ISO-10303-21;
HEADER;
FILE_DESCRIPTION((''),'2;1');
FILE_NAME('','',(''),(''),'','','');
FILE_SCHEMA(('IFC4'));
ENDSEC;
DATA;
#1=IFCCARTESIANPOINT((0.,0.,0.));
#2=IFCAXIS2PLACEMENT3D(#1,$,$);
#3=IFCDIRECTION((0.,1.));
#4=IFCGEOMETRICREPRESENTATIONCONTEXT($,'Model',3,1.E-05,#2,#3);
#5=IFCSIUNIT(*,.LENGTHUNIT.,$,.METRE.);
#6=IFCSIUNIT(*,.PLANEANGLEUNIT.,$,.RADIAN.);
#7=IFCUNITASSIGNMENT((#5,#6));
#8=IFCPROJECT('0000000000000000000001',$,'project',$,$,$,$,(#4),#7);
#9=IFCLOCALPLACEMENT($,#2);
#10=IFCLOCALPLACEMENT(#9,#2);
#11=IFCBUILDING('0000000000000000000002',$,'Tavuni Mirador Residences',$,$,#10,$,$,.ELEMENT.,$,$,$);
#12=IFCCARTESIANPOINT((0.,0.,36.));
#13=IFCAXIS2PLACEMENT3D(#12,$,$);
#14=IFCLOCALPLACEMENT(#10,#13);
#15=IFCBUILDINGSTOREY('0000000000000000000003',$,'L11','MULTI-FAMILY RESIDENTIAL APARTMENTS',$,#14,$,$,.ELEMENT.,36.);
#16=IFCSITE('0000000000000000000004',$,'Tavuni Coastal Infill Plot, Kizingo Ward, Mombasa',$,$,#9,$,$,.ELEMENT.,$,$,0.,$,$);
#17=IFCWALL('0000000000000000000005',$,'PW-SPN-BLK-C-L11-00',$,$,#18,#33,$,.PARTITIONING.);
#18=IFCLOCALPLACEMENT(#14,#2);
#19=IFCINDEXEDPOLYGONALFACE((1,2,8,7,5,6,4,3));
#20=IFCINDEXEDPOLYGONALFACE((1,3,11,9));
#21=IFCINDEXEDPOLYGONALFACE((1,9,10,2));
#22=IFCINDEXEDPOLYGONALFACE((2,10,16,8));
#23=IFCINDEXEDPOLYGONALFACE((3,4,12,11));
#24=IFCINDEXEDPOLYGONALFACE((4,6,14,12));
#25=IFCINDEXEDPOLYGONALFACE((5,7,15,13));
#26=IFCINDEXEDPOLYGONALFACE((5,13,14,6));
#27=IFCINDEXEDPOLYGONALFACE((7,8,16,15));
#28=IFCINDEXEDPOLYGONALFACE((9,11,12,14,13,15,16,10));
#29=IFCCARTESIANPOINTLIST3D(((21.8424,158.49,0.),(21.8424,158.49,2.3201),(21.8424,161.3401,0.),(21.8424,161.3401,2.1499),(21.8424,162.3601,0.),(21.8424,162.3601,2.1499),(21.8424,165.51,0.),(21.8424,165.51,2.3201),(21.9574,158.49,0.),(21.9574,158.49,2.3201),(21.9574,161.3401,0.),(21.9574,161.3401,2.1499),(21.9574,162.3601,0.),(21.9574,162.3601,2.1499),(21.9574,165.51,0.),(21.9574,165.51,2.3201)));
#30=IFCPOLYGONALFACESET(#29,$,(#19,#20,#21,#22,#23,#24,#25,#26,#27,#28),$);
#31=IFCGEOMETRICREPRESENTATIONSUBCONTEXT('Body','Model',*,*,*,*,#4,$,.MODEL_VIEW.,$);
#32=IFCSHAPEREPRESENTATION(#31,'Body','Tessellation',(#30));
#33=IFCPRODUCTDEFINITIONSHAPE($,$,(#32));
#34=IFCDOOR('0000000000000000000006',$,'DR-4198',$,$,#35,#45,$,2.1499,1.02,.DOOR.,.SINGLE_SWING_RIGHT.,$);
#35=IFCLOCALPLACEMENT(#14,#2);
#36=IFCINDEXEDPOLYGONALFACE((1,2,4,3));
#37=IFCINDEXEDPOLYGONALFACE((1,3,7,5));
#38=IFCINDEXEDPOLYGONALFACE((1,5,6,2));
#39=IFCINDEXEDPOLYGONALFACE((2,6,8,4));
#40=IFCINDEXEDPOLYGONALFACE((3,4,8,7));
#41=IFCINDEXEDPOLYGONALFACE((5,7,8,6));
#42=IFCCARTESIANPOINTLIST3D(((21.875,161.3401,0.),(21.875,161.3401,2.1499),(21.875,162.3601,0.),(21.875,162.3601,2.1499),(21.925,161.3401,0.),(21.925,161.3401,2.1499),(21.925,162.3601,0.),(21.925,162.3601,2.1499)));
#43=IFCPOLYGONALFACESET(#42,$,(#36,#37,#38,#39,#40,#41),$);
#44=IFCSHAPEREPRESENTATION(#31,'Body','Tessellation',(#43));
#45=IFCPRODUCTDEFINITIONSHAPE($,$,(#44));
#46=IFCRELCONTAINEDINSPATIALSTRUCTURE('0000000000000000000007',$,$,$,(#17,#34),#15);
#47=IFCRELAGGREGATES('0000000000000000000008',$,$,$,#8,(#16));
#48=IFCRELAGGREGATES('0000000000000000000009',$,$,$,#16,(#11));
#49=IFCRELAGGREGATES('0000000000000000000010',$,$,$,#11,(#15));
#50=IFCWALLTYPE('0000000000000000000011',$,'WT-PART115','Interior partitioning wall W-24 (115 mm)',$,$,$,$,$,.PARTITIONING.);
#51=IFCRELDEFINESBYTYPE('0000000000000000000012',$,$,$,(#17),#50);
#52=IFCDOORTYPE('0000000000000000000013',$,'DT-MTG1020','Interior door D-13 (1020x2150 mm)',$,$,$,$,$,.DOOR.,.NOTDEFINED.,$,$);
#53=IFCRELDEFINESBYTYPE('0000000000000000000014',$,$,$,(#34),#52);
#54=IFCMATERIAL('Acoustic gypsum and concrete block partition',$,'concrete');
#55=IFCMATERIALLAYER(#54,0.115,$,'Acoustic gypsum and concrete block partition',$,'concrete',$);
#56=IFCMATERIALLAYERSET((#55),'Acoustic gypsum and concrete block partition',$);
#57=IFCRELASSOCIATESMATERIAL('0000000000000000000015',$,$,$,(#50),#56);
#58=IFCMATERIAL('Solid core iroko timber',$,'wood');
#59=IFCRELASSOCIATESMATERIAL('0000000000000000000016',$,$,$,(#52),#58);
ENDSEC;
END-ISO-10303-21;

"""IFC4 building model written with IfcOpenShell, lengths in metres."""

from ifc_helpers import new_model, si_unit, direction, frame, frame_2d, origin, place, context, subcontext, project, spatial, rectangle, extrude, material, layer, layer_set, type_object, element, fill, save


model = new_model("IFC4")

# Units and contexts
model_context = context("Model", 3, precision=1e-05, world=origin(), true_north=direction((0.0, 1.0)))
body_context = subcontext(model_context, "Body", "Model", "MODEL_VIEW")
ifc_project = project(units=[si_unit("LENGTHUNIT", "METRE"), si_unit("PLANEANGLEUNIT", "RADIAN")], contexts=[model_context])

# Site, building, storey
site_placement = place(None, origin())
site = spatial("IfcSite", under=ifc_project, at=site_placement, Name="Tavuni Coastal Infill Plot, Kizingo Ward, Mombasa", CompositionType="ELEMENT", RefElevation=0.0)
building_placement = place(site_placement, origin())
building = spatial("IfcBuilding", under=site, at=building_placement, Name="Tavuni Mirador Residences", CompositionType="ELEMENT")
storey_placement = place(building_placement, frame((0.0, 0.0, 36.0)))
storey = spatial("IfcBuildingStorey", under=building, at=storey_placement, Name="L11", Description="MULTI-FAMILY RESIDENTIAL APARTMENTS", CompositionType="ELEMENT", Elevation=36.0)

# Shared definitions
ifc_material_1 = material(Name="Solid core iroko timber", Category="wood")

# Wall, opening, door
ifc_material_2 = material(Name="Acoustic gypsum and concrete block partition", Category="concrete")
ifc_layer_1 = layer(ifc_material_2, 0.115, Name="Acoustic gypsum and concrete block partition", Category="concrete")
ifc_layer_set_1 = layer_set([ifc_layer_1], Name="Acoustic gypsum and concrete block partition")
wall_type_1 = type_object("IfcWallType", Name="WT-PART115", Description="Interior partitioning wall W-24 (115 mm)", PredefinedType="PARTITIONING", material=ifc_layer_set_1)
wall_1_placement = place(storey_placement, frame((21.8999, 158.49, 0.0), z_axis=(0.0, 0.0, 1.0), x_axis=(0.0, 1.0, 0.0)))
wall_1 = element("IfcWall", 1, at=wall_1_placement, inside=storey, type_object=wall_type_1, Name="PW-SPN-BLK-C-L11-00", PredefinedType="PARTITIONING", context=body_context, shape_type="SweptSolid", body=[
    extrude(rectangle(XDim=7.02, YDim=0.115, at=frame_2d((3.51, 0.0))), origin(), (0.0, 0.0, 1.0), 2.3201),
])
opening_1_placement = place(wall_1_placement, frame((2.8501, 0.0, 0.0)))
opening_1 = element("IfcOpeningElement", 2, at=opening_1_placement, cuts=wall_1, PredefinedType="OPENING", context=body_context, shape_type="SweptSolid", body=[
    extrude(rectangle(XDim=1.02, YDim=2.1499, at=frame_2d((0.51, 1.075))), frame((0.0, 0.0674, 0.0), z_axis=(0.0, -1.0, 0.0), x_axis=(1.0, 0.0, 0.0)), (0.0, 0.0, 1.0), 0.135),
])
door_type_1 = type_object("IfcDoorType", Name="DT-MTG1020", Description="Interior door D-13 (1020x2150 mm)", OperationType="NOTDEFINED", PredefinedType="DOOR", material=ifc_material_1)
door_1_placement = place(opening_1_placement, origin())
door_1 = element("IfcDoor", 3, at=door_1_placement, inside=storey, type_object=door_type_1, Name="DR-4198", OperationType="SINGLE_SWING_RIGHT", OverallHeight=2.1499, OverallWidth=1.02, PredefinedType="DOOR", context=body_context, shape_type="SweptSolid", body=[
    extrude(rectangle(XDim=1.02, YDim=2.1499, at=frame_2d((0.51, 1.075))), frame((0.0, 0.0249, 0.0), z_axis=(0.0, -1.0, 0.0), x_axis=(1.0, 0.0, 0.0)), (0.0, 0.0, 1.0), 0.05),
])
fill(opening_1, door_1)

save(model, "model.ifc")
